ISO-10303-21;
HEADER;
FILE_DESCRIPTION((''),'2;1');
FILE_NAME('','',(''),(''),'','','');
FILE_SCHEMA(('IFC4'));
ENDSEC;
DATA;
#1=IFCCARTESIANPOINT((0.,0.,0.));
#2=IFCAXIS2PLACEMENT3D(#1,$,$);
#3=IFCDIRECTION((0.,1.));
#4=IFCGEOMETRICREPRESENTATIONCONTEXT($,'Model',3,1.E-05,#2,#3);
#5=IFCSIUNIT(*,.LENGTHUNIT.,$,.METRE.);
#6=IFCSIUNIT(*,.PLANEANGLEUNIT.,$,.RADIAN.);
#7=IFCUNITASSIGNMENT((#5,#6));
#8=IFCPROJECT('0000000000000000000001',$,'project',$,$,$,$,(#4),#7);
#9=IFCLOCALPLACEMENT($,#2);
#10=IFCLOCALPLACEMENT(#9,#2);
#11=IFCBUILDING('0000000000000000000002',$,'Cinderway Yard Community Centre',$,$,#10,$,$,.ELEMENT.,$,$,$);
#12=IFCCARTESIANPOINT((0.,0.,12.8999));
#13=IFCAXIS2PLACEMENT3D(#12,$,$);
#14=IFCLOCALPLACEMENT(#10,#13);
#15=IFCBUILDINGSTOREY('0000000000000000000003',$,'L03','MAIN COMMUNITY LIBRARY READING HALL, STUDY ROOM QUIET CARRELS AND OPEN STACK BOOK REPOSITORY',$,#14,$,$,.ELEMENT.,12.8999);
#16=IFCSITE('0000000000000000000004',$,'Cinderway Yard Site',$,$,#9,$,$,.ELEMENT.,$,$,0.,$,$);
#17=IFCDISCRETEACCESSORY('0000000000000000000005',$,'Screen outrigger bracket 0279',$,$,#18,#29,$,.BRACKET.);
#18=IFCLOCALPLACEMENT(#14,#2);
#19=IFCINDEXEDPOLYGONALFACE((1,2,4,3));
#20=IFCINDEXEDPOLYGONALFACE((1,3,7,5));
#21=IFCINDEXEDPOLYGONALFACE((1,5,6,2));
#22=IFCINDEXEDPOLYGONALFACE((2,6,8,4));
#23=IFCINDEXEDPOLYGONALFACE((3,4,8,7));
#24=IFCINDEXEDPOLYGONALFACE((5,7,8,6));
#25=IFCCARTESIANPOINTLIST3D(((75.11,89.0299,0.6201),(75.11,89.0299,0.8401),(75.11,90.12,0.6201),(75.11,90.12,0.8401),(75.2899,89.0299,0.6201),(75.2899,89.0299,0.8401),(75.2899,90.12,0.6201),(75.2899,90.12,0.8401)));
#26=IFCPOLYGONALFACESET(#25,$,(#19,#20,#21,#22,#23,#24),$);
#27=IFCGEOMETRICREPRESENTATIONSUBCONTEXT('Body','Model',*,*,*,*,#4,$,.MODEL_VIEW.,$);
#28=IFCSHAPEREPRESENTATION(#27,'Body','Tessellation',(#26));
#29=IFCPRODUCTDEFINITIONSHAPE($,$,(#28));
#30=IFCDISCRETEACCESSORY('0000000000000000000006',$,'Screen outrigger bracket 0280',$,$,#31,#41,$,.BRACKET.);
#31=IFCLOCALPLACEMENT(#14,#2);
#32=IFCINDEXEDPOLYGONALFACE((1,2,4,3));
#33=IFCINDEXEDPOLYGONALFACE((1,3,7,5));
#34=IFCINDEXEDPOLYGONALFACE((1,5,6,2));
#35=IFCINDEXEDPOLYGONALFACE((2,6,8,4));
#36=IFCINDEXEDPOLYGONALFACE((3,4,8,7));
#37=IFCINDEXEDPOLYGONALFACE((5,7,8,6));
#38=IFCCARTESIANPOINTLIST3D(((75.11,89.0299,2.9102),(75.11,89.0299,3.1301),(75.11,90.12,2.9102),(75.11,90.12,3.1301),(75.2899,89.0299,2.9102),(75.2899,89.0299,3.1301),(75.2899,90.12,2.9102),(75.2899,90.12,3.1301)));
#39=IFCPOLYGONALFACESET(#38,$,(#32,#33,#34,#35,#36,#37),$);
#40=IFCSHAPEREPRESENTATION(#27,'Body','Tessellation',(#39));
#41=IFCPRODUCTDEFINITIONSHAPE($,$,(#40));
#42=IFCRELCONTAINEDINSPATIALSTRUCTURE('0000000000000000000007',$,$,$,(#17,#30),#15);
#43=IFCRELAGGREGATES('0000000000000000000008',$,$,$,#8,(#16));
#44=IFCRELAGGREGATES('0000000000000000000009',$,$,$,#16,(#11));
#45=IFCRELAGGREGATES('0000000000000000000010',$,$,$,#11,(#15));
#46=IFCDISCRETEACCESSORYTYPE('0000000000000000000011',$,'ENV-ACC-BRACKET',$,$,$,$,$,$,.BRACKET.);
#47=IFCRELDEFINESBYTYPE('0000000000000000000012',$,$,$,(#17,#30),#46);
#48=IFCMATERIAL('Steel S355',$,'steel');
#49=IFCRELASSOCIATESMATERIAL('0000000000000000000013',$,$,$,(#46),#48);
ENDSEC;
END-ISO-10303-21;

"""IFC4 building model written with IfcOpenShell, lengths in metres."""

from ifc_helpers import new_model, si_unit, direction, frame, origin, origin_2d, place, context, subcontext, project, spatial, rectangle, extrude, material, type_object, element, save


model = new_model("IFC4")

# Units and contexts
model_context = context("Model", 3, precision=1e-05, world=origin(), true_north=direction((0.0, 1.0)))
body_context = subcontext(model_context, "Body", "Model", "MODEL_VIEW")
ifc_project = project(units=[si_unit("LENGTHUNIT", "METRE"), si_unit("PLANEANGLEUNIT", "RADIAN")], contexts=[model_context])

# Site, building, storey
site_placement = place(None, origin())
site = spatial("IfcSite", under=ifc_project, at=site_placement, Name="Cinderway Yard Site", CompositionType="ELEMENT", RefElevation=0.0)
building_placement = place(site_placement, origin())
building = spatial("IfcBuilding", under=site, at=building_placement, Name="Cinderway Yard Community Centre", CompositionType="ELEMENT")
storey_placement = place(building_placement, frame((0.0, 0.0, 12.8999)))
storey = spatial("IfcBuildingStorey", under=building, at=storey_placement, Name="L03", Description="MAIN COMMUNITY LIBRARY READING HALL, STUDY ROOM QUIET CARRELS AND OPEN STACK BOOK REPOSITORY", CompositionType="ELEMENT", Elevation=12.8999)

# Shared definitions
ifc_material_1 = material(Name="Steel S355", Category="steel")

# Discrete accessories
discrete_accessory_type = type_object("IfcDiscreteAccessoryType", Name="ENV-ACC-BRACKET", PredefinedType="BRACKET", material=ifc_material_1)
for number, where, z_axis, x_axis, name in (
    (1, (75.2, 89.575, 0.6201), (0.0, 0.0, 1.0), (0.0, -1.0, 0.0), "Screen outrigger bracket 0279"),
    (2, (75.2, 89.575, 2.9102), (0.0, 0.0, 1.0), (0.0, -1.0, 0.0), "Screen outrigger bracket 0280"),
):
    element("IfcDiscreteAccessory", number, at=place(storey_placement, frame(where, z_axis=z_axis, x_axis=x_axis)), inside=storey, type_object=discrete_accessory_type, Name=name, PredefinedType="BRACKET", context=body_context, shape_type="SweptSolid", body=[
        extrude(rectangle(XDim=1.0901, YDim=0.1799, at=origin_2d()), origin(), (0.0, 0.0, 1.0), 0.22),
    ])

save(model, "model.ifc")
